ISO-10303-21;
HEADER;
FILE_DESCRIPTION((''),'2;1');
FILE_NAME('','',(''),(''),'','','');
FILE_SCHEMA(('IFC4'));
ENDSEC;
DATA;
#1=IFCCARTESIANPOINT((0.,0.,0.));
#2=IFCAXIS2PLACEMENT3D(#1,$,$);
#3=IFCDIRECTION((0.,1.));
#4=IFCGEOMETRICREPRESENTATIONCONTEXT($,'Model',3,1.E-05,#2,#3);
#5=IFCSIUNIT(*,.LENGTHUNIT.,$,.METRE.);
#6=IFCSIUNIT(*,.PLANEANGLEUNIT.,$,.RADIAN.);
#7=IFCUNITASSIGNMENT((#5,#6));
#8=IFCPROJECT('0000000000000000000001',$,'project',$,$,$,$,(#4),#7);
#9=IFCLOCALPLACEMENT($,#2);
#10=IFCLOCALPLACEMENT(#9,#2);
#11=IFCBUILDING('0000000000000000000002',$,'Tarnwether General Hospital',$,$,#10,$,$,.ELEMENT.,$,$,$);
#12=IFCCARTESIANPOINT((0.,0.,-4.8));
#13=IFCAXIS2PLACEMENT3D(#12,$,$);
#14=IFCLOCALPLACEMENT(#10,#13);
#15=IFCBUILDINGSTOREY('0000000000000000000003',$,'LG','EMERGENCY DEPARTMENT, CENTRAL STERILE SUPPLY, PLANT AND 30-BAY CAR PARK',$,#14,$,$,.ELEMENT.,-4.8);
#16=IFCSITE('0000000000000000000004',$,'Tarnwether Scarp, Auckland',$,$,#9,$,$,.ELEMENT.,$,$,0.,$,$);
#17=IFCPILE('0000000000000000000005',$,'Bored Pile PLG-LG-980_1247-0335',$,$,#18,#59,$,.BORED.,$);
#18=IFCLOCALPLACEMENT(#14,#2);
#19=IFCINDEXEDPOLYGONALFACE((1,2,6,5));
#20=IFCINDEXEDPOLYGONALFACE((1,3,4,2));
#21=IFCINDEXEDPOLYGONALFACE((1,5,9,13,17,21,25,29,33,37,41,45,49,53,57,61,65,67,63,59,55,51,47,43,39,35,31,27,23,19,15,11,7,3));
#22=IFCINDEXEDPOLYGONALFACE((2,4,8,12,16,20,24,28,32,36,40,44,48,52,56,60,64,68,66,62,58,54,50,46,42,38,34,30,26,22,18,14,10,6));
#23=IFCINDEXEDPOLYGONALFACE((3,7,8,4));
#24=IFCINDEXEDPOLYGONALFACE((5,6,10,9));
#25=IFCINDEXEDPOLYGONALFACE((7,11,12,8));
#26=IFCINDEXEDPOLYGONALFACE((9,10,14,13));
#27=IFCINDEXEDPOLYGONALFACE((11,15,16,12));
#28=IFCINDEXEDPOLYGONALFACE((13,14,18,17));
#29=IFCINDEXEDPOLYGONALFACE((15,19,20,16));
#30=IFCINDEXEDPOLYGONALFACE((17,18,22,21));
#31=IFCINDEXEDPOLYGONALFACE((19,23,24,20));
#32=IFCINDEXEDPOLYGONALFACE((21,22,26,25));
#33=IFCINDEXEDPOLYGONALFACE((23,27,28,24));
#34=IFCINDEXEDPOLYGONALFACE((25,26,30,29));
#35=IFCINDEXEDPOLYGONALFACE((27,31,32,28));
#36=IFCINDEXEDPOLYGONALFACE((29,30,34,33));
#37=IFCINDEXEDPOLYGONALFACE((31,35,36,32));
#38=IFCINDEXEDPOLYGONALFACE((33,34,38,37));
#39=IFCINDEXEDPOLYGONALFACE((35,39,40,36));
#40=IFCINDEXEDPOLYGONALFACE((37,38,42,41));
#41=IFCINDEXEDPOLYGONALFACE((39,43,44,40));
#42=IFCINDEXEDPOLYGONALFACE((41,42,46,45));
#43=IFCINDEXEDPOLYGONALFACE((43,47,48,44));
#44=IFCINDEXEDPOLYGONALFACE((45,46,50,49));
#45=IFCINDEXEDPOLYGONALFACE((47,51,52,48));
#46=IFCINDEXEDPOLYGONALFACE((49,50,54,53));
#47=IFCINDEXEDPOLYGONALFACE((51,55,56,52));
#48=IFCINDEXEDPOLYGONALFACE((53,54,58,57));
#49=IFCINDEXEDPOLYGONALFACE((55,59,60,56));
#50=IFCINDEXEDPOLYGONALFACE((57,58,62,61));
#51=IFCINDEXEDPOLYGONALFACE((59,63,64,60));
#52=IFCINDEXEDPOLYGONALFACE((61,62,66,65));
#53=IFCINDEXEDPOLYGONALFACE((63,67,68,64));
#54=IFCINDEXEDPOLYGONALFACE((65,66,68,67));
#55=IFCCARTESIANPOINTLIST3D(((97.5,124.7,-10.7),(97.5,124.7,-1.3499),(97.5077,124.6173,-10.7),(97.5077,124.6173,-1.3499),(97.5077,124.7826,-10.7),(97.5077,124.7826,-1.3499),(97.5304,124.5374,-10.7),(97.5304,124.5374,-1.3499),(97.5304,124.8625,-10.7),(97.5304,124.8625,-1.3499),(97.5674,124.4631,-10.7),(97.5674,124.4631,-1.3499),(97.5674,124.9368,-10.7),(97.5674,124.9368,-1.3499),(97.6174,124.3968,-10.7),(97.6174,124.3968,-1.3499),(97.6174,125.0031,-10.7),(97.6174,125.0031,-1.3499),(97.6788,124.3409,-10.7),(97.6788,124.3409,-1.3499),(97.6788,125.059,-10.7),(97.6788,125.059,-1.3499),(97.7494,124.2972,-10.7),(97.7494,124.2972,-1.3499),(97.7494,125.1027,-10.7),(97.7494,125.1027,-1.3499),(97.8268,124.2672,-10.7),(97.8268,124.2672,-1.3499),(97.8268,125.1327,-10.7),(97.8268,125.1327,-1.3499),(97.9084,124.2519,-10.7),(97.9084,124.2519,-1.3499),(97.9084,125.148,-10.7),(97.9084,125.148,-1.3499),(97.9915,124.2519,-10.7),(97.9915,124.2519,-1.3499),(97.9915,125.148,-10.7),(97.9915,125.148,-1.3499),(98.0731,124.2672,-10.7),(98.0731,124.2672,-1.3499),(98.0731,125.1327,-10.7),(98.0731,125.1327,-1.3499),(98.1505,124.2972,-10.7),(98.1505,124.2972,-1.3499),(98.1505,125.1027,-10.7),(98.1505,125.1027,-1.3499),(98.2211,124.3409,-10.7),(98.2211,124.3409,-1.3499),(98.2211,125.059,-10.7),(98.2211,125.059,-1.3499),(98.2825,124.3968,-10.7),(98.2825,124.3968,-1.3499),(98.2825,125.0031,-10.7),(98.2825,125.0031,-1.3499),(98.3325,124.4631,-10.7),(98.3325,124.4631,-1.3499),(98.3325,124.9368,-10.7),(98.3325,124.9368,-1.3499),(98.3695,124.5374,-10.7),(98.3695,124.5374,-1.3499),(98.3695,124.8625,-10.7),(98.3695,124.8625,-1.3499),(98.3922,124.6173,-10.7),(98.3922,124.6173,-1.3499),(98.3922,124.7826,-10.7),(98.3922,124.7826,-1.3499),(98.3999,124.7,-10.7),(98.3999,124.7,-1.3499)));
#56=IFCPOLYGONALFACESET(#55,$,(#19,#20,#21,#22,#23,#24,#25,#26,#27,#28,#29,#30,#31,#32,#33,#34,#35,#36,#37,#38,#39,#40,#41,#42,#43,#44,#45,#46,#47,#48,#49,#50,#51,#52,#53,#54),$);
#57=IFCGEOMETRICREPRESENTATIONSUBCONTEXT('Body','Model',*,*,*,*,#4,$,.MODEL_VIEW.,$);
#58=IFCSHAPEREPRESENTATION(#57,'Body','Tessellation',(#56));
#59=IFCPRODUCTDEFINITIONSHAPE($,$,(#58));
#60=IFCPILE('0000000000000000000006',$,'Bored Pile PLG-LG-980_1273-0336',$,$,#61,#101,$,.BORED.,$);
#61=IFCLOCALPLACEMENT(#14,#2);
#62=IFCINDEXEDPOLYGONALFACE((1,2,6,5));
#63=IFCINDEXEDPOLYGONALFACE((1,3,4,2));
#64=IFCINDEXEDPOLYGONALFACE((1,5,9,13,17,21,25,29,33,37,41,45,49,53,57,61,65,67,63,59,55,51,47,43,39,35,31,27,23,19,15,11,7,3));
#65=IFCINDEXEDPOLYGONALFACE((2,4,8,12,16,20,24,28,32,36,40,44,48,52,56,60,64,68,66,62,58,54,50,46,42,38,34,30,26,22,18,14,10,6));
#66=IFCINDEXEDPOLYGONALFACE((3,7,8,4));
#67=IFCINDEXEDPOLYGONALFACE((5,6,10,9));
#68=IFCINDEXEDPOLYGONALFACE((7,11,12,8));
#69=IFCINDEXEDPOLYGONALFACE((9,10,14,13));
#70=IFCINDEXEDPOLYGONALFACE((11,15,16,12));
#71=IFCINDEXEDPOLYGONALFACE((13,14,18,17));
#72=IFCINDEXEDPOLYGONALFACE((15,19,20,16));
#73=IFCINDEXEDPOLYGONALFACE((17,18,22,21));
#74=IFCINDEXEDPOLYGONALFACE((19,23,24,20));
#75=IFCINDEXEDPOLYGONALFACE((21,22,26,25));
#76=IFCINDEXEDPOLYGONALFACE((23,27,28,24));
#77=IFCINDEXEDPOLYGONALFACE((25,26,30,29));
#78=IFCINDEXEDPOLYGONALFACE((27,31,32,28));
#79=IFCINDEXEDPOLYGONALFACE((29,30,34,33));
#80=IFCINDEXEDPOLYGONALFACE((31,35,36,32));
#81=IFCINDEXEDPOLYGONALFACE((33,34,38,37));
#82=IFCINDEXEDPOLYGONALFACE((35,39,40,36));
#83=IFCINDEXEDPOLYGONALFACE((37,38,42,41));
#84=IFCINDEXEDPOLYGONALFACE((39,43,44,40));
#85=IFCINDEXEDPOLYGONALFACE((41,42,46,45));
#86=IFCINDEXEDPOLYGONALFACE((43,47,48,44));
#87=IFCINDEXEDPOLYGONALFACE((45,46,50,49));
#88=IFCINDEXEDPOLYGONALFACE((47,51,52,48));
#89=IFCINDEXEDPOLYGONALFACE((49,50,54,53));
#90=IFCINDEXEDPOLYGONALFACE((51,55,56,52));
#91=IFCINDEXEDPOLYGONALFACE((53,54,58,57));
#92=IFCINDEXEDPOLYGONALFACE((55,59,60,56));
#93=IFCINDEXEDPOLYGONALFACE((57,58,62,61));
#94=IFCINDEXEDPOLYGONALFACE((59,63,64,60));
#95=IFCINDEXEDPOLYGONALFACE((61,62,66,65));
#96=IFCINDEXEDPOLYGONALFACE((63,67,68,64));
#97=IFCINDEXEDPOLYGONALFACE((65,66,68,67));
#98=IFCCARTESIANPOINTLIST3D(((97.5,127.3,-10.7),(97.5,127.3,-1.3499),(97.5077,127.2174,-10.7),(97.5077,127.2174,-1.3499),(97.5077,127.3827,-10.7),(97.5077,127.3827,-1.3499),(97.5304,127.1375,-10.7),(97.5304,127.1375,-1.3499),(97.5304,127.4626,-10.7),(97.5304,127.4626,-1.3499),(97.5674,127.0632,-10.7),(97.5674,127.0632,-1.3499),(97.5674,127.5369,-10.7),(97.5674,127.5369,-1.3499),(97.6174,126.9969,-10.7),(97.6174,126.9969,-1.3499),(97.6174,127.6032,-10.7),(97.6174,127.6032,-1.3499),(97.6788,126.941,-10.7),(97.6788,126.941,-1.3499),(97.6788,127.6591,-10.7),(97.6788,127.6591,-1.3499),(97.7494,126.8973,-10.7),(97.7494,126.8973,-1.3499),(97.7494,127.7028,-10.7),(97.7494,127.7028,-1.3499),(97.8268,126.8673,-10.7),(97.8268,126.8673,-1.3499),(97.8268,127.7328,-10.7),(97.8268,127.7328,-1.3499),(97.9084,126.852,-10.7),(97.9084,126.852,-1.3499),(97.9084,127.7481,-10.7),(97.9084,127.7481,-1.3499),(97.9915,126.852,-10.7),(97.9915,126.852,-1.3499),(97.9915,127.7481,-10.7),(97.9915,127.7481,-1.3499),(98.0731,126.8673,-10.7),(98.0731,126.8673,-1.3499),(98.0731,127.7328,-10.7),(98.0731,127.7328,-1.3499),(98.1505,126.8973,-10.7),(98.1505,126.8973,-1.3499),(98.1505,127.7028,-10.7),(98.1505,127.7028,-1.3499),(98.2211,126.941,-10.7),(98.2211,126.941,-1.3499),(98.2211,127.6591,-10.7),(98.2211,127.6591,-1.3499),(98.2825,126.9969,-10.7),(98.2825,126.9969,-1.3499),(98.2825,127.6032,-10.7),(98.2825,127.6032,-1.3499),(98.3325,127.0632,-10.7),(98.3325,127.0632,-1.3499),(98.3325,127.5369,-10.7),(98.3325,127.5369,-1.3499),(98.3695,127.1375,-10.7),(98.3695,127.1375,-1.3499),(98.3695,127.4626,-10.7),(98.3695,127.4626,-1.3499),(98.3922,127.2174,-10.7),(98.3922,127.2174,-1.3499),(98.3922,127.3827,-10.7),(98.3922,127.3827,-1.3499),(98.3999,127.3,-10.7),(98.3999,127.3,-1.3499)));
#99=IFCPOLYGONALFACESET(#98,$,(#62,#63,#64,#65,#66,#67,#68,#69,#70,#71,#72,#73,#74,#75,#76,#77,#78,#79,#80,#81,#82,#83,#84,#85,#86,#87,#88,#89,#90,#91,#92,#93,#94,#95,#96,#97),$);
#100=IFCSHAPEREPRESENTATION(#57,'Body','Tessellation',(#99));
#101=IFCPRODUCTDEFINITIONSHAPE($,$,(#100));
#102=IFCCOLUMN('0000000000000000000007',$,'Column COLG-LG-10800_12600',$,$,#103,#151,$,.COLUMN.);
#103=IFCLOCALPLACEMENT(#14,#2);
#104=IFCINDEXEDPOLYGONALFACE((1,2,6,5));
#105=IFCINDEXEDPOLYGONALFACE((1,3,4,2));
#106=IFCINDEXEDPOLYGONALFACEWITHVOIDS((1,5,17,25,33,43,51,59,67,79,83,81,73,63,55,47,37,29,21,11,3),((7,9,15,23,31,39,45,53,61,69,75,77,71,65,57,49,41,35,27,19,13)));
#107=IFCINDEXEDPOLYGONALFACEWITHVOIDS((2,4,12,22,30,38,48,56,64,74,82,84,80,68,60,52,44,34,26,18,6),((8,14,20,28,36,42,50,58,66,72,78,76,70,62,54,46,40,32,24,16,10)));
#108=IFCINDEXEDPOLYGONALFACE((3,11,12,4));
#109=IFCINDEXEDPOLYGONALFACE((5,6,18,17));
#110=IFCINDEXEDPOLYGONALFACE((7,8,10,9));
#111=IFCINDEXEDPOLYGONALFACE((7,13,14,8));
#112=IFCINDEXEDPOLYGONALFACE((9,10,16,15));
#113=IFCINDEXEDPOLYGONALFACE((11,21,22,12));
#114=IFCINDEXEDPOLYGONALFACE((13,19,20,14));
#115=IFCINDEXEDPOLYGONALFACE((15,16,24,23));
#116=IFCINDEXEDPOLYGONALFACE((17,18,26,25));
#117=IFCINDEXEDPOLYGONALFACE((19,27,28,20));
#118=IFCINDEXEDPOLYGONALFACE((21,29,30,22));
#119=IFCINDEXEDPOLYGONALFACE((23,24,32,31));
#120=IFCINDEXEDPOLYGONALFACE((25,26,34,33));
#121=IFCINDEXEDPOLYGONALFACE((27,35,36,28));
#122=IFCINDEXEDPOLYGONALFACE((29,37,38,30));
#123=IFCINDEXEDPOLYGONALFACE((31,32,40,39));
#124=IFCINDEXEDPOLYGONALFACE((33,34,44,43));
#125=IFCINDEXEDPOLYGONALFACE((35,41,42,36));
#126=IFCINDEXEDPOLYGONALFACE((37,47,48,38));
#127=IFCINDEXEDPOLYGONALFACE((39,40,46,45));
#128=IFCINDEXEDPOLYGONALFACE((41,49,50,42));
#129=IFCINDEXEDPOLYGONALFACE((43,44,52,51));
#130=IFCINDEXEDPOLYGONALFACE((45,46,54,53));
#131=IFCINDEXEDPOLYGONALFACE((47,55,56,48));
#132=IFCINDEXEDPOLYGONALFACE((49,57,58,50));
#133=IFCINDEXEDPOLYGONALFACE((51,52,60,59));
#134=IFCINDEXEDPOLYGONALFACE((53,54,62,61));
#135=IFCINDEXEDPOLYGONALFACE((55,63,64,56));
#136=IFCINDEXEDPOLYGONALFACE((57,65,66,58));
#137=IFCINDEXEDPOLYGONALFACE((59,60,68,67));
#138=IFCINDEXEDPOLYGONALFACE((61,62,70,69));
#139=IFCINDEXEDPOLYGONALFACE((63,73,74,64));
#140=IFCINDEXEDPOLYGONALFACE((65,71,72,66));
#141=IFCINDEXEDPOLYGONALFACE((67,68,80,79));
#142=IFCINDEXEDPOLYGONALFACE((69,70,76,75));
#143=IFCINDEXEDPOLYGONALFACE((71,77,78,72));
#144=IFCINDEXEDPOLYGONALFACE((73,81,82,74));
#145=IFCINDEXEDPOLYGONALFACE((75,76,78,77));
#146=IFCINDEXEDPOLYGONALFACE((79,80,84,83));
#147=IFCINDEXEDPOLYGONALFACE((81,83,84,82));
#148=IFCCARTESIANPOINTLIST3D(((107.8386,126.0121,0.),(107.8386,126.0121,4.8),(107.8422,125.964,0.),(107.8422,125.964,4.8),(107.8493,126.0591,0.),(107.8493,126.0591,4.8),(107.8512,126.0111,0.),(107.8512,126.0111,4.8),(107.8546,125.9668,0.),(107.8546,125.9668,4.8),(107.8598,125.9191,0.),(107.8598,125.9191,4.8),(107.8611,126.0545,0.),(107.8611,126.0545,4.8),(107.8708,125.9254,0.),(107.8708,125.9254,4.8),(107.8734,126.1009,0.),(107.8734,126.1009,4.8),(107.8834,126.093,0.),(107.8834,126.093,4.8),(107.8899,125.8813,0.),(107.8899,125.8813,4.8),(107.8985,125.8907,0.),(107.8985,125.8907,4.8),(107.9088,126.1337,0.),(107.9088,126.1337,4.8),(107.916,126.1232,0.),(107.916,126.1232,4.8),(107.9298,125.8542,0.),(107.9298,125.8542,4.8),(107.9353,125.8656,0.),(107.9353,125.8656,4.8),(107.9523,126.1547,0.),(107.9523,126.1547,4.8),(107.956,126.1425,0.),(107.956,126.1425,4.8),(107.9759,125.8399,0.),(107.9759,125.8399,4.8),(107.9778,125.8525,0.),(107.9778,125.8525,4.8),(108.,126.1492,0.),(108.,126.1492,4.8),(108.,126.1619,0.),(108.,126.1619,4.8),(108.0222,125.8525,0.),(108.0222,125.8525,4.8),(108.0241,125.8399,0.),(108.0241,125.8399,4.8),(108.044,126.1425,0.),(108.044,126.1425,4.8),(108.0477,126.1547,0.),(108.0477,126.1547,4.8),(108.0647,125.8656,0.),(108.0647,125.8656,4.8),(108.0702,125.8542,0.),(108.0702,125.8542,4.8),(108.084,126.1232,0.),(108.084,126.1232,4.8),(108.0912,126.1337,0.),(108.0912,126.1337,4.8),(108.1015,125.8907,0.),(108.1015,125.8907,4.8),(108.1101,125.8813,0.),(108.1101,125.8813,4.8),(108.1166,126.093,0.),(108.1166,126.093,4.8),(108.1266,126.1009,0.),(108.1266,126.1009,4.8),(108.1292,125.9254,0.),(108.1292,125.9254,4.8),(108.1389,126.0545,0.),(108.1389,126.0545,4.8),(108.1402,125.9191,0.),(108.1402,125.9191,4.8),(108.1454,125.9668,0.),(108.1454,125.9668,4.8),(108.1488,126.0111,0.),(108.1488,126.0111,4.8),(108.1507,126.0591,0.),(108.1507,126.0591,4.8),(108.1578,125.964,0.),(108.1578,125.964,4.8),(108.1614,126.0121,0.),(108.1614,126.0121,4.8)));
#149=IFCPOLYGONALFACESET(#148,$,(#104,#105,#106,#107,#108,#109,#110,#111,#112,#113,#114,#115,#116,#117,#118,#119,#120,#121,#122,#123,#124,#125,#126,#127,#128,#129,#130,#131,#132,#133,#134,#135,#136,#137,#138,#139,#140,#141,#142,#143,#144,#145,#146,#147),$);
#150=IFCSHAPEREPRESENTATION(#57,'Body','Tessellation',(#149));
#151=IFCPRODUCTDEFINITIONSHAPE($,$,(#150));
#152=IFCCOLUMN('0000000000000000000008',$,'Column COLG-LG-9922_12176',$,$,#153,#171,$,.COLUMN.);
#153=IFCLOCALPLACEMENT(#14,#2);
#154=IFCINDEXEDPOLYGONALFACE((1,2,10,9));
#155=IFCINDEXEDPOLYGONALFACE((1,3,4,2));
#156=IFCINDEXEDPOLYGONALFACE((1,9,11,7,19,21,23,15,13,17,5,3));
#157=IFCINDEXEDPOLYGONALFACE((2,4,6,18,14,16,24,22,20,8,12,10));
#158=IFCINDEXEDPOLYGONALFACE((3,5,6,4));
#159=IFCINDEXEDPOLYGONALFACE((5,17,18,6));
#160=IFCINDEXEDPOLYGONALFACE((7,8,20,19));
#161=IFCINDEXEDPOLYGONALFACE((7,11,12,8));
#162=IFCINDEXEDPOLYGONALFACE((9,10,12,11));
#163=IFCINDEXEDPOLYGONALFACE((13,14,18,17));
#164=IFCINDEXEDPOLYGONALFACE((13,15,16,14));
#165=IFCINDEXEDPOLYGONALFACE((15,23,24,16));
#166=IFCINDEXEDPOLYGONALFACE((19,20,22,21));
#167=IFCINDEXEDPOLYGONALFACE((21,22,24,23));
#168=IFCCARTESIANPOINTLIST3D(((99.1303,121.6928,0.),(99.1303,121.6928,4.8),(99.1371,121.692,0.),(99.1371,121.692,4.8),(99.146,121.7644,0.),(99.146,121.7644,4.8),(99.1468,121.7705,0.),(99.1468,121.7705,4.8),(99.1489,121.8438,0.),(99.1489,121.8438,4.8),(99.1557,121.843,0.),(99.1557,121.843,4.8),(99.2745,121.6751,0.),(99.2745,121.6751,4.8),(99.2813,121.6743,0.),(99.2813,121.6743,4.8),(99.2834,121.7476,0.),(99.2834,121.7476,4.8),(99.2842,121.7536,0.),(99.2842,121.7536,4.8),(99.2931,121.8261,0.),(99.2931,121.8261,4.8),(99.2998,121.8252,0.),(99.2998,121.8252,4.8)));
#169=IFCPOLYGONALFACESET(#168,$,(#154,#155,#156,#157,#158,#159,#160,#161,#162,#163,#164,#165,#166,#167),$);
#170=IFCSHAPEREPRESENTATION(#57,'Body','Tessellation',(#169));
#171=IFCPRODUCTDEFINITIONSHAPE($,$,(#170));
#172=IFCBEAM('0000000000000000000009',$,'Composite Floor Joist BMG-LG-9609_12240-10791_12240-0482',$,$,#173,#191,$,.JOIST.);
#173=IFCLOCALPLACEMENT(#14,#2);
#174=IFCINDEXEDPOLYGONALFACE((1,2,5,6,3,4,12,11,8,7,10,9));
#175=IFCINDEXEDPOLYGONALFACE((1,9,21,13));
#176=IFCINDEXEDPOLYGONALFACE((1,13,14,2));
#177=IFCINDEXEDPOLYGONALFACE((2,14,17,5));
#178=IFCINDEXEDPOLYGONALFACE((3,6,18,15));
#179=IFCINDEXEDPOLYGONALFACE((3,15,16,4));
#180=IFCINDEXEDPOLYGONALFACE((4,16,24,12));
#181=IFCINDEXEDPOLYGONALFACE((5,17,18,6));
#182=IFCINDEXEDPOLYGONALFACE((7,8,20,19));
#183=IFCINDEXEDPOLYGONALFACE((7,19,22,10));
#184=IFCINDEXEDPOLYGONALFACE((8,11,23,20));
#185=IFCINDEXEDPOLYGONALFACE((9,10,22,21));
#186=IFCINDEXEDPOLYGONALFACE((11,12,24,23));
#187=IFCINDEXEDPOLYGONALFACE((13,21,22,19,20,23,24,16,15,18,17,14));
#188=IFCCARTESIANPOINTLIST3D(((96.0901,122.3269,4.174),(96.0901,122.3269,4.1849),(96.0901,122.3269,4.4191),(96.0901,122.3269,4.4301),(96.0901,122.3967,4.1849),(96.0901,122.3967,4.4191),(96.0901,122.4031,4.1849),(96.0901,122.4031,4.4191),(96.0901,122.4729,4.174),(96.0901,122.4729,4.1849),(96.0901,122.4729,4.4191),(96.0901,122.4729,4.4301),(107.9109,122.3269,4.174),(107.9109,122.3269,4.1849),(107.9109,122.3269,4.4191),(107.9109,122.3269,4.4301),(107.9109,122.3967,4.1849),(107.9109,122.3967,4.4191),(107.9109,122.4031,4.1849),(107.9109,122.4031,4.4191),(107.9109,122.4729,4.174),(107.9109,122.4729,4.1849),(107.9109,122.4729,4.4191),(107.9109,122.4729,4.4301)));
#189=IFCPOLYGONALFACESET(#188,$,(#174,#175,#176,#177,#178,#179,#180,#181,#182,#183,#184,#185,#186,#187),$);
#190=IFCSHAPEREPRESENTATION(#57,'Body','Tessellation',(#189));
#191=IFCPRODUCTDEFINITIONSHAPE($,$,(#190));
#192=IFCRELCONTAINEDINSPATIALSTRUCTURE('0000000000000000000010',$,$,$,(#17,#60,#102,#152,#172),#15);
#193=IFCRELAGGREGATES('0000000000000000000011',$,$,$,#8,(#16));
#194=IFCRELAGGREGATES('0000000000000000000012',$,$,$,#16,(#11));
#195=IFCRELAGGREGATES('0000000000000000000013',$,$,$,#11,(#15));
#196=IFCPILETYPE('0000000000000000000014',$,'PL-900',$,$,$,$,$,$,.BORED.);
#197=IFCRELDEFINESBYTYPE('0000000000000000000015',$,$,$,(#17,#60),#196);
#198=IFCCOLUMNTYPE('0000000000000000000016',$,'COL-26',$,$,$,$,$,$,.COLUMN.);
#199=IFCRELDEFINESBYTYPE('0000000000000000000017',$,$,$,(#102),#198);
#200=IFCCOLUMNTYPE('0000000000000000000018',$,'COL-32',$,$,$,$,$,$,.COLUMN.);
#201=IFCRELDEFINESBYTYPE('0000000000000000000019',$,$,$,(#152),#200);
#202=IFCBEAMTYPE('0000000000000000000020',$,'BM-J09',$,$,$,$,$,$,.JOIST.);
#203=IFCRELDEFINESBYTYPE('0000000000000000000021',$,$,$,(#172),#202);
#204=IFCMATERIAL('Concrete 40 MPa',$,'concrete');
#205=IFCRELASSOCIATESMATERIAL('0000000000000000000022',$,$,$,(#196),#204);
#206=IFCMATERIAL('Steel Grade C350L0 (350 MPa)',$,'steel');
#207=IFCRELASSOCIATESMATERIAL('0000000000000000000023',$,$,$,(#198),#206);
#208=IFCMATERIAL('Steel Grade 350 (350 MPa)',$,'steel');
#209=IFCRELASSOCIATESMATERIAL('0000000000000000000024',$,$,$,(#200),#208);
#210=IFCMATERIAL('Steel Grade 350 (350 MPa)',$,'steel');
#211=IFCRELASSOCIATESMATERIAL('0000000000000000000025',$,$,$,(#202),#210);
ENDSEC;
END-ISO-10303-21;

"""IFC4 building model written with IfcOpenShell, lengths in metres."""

from ifc_helpers import new_model, si_unit, direction, frame, origin, origin_2d, place, context, subcontext, project, spatial, circle, hollow_circle, i_section, extrude, material, material_profile, profile_set, type_object, element, save


model = new_model("IFC4")

# Units and contexts
model_context = context("Model", 3, precision=1e-05, world=origin(), true_north=direction((0.0, 1.0)))
body_context = subcontext(model_context, "Body", "Model", "MODEL_VIEW")
ifc_project = project(units=[si_unit("LENGTHUNIT", "METRE"), si_unit("PLANEANGLEUNIT", "RADIAN")], contexts=[model_context])

# Site, building, storey
site_placement = place(None, origin())
site = spatial("IfcSite", under=ifc_project, at=site_placement, Name="Tarnwether Scarp, Auckland", CompositionType="ELEMENT", RefElevation=0.0)
building_placement = place(site_placement, origin())
building = spatial("IfcBuilding", under=site, at=building_placement, Name="Tarnwether General Hospital", CompositionType="ELEMENT")
storey_placement = place(building_placement, frame((0.0, 0.0, -4.8)))
storey = spatial("IfcBuildingStorey", under=building, at=storey_placement, Name="LG", Description="EMERGENCY DEPARTMENT, CENTRAL STERILE SUPPLY, PLANT AND 30-BAY CAR PARK", CompositionType="ELEMENT", Elevation=-4.8)

# Piles
ifc_material_1 = material(Name="Concrete 40 MPa", Category="concrete")
ifc_material_profile_1 = material_profile(ifc_material_1, circle(Radius=0.45, at=origin_2d()), Name="PILE-D900")
ifc_profile_set_1 = profile_set([ifc_material_profile_1], Name="Concrete 40 MPa")
pile_type_1 = type_object("IfcPileType", Name="PL-900", PredefinedType="BORED", material=ifc_profile_set_1)
for number, where, z_axis, x_axis, name in (
    (1, (97.95, 124.7, -1.3499), (0.0, 0.0, -1.0), (1.0, 0.0, 0.0), "Bored Pile PLG-LG-980_1247-0335"),
    (2, (97.95, 127.3, -1.3499), (0.0, 0.0, -1.0), (1.0, 0.0, 0.0), "Bored Pile PLG-LG-980_1273-0336"),
):
    element("IfcPile", number, at=place(storey_placement, frame(where, z_axis=z_axis, x_axis=x_axis)), inside=storey, type_object=pile_type_1, Name=name, PredefinedType="BORED", context=body_context, shape_type="SweptSolid", body=[
        extrude(circle(Radius=0.45, at=origin_2d()), origin(), (0.0, 0.0, 1.0), 9.3501),
    ])

# Columns
ifc_material_2 = material(Name="Steel Grade C350L0 (350 MPa)", Category="steel")
ifc_material_profile_2 = material_profile(ifc_material_2, hollow_circle(Radius=0.1619, WallThickness=0.0127, at=origin_2d()), Name="CHS323.9x12.7")
ifc_profile_set_2 = profile_set([ifc_material_profile_2], Name="Steel Grade C350L0 (350 MPa)")
column_type_1 = type_object("IfcColumnType", Name="COL-26", PredefinedType="COLUMN", material=ifc_profile_set_2)
column_1_placement = place(storey_placement, frame((108.0, 126.0, 0.0), z_axis=(0.0, 0.0, 1.0), x_axis=(0.0, 1.0, 0.0)))
element("IfcColumn", 3, at=column_1_placement, inside=storey, type_object=column_type_1, Name="Column COLG-LG-10800_12600", PredefinedType="COLUMN", context=body_context, shape_type="SweptSolid", body=[
    extrude(hollow_circle(Radius=0.1619, WallThickness=0.0127, at=origin_2d()), origin(), (0.0, 0.0, 1.0), 4.8),
])
ifc_material_3 = material(Name="Steel Grade 350 (350 MPa)", Category="steel")
ifc_material_profile_3 = material_profile(ifc_material_3, i_section(OverallWidth=0.1521, OverallDepth=0.1521, WebThickness=0.0061, FlangeThickness=0.0068, at=origin_2d()), Name="150UC23.4")
ifc_profile_set_3 = profile_set([ifc_material_profile_3], Name="Steel Grade 350 (350 MPa)")
column_type_2 = type_object("IfcColumnType", Name="COL-32", PredefinedType="COLUMN", material=ifc_profile_set_3)
column_2_placement = place(storey_placement, frame((99.2151, 121.759, 0.0), z_axis=(0.0, 0.0, 1.0), x_axis=(0.121869, 0.992546, 0.0)))
element("IfcColumn", 4, at=column_2_placement, inside=storey, type_object=column_type_2, Name="Column COLG-LG-9922_12176", PredefinedType="COLUMN", context=body_context, shape_type="SweptSolid", body=[
    extrude(i_section(OverallWidth=0.1521, OverallDepth=0.1521, WebThickness=0.0061, FlangeThickness=0.0068, at=origin_2d()), origin(), (0.0, 0.0, 1.0), 4.8),
])

# Beam
ifc_material_4 = material(Name="Steel Grade 350 (350 MPa)", Category="steel")
ifc_material_profile_4 = material_profile(ifc_material_4, i_section(OverallWidth=0.146, OverallDepth=0.2561, WebThickness=0.0063, FlangeThickness=0.011, at=origin_2d()), Name="250UB37.3")
ifc_profile_set_4 = profile_set([ifc_material_profile_4], Name="Steel Grade 350 (350 MPa)")
beam_type_1 = type_object("IfcBeamType", Name="BM-J09", PredefinedType="JOIST", material=ifc_profile_set_4)
beam_1_placement = place(storey_placement, frame((96.0901, 122.3999, 4.302), z_axis=(1.0, 0.0, 0.0), x_axis=(0.0, 1.0, 0.0)))
element("IfcBeam", 5, at=beam_1_placement, inside=storey, type_object=beam_type_1, Name="Composite Floor Joist BMG-LG-9609_12240-10791_12240-0482", PredefinedType="JOIST", context=body_context, shape_type="SweptSolid", body=[
    extrude(i_section(OverallWidth=0.146, OverallDepth=0.2561, WebThickness=0.0063, FlangeThickness=0.011, at=origin_2d()), origin(), (0.0, 0.0, 1.0), 11.8208),
])

save(model, "model.ifc")
